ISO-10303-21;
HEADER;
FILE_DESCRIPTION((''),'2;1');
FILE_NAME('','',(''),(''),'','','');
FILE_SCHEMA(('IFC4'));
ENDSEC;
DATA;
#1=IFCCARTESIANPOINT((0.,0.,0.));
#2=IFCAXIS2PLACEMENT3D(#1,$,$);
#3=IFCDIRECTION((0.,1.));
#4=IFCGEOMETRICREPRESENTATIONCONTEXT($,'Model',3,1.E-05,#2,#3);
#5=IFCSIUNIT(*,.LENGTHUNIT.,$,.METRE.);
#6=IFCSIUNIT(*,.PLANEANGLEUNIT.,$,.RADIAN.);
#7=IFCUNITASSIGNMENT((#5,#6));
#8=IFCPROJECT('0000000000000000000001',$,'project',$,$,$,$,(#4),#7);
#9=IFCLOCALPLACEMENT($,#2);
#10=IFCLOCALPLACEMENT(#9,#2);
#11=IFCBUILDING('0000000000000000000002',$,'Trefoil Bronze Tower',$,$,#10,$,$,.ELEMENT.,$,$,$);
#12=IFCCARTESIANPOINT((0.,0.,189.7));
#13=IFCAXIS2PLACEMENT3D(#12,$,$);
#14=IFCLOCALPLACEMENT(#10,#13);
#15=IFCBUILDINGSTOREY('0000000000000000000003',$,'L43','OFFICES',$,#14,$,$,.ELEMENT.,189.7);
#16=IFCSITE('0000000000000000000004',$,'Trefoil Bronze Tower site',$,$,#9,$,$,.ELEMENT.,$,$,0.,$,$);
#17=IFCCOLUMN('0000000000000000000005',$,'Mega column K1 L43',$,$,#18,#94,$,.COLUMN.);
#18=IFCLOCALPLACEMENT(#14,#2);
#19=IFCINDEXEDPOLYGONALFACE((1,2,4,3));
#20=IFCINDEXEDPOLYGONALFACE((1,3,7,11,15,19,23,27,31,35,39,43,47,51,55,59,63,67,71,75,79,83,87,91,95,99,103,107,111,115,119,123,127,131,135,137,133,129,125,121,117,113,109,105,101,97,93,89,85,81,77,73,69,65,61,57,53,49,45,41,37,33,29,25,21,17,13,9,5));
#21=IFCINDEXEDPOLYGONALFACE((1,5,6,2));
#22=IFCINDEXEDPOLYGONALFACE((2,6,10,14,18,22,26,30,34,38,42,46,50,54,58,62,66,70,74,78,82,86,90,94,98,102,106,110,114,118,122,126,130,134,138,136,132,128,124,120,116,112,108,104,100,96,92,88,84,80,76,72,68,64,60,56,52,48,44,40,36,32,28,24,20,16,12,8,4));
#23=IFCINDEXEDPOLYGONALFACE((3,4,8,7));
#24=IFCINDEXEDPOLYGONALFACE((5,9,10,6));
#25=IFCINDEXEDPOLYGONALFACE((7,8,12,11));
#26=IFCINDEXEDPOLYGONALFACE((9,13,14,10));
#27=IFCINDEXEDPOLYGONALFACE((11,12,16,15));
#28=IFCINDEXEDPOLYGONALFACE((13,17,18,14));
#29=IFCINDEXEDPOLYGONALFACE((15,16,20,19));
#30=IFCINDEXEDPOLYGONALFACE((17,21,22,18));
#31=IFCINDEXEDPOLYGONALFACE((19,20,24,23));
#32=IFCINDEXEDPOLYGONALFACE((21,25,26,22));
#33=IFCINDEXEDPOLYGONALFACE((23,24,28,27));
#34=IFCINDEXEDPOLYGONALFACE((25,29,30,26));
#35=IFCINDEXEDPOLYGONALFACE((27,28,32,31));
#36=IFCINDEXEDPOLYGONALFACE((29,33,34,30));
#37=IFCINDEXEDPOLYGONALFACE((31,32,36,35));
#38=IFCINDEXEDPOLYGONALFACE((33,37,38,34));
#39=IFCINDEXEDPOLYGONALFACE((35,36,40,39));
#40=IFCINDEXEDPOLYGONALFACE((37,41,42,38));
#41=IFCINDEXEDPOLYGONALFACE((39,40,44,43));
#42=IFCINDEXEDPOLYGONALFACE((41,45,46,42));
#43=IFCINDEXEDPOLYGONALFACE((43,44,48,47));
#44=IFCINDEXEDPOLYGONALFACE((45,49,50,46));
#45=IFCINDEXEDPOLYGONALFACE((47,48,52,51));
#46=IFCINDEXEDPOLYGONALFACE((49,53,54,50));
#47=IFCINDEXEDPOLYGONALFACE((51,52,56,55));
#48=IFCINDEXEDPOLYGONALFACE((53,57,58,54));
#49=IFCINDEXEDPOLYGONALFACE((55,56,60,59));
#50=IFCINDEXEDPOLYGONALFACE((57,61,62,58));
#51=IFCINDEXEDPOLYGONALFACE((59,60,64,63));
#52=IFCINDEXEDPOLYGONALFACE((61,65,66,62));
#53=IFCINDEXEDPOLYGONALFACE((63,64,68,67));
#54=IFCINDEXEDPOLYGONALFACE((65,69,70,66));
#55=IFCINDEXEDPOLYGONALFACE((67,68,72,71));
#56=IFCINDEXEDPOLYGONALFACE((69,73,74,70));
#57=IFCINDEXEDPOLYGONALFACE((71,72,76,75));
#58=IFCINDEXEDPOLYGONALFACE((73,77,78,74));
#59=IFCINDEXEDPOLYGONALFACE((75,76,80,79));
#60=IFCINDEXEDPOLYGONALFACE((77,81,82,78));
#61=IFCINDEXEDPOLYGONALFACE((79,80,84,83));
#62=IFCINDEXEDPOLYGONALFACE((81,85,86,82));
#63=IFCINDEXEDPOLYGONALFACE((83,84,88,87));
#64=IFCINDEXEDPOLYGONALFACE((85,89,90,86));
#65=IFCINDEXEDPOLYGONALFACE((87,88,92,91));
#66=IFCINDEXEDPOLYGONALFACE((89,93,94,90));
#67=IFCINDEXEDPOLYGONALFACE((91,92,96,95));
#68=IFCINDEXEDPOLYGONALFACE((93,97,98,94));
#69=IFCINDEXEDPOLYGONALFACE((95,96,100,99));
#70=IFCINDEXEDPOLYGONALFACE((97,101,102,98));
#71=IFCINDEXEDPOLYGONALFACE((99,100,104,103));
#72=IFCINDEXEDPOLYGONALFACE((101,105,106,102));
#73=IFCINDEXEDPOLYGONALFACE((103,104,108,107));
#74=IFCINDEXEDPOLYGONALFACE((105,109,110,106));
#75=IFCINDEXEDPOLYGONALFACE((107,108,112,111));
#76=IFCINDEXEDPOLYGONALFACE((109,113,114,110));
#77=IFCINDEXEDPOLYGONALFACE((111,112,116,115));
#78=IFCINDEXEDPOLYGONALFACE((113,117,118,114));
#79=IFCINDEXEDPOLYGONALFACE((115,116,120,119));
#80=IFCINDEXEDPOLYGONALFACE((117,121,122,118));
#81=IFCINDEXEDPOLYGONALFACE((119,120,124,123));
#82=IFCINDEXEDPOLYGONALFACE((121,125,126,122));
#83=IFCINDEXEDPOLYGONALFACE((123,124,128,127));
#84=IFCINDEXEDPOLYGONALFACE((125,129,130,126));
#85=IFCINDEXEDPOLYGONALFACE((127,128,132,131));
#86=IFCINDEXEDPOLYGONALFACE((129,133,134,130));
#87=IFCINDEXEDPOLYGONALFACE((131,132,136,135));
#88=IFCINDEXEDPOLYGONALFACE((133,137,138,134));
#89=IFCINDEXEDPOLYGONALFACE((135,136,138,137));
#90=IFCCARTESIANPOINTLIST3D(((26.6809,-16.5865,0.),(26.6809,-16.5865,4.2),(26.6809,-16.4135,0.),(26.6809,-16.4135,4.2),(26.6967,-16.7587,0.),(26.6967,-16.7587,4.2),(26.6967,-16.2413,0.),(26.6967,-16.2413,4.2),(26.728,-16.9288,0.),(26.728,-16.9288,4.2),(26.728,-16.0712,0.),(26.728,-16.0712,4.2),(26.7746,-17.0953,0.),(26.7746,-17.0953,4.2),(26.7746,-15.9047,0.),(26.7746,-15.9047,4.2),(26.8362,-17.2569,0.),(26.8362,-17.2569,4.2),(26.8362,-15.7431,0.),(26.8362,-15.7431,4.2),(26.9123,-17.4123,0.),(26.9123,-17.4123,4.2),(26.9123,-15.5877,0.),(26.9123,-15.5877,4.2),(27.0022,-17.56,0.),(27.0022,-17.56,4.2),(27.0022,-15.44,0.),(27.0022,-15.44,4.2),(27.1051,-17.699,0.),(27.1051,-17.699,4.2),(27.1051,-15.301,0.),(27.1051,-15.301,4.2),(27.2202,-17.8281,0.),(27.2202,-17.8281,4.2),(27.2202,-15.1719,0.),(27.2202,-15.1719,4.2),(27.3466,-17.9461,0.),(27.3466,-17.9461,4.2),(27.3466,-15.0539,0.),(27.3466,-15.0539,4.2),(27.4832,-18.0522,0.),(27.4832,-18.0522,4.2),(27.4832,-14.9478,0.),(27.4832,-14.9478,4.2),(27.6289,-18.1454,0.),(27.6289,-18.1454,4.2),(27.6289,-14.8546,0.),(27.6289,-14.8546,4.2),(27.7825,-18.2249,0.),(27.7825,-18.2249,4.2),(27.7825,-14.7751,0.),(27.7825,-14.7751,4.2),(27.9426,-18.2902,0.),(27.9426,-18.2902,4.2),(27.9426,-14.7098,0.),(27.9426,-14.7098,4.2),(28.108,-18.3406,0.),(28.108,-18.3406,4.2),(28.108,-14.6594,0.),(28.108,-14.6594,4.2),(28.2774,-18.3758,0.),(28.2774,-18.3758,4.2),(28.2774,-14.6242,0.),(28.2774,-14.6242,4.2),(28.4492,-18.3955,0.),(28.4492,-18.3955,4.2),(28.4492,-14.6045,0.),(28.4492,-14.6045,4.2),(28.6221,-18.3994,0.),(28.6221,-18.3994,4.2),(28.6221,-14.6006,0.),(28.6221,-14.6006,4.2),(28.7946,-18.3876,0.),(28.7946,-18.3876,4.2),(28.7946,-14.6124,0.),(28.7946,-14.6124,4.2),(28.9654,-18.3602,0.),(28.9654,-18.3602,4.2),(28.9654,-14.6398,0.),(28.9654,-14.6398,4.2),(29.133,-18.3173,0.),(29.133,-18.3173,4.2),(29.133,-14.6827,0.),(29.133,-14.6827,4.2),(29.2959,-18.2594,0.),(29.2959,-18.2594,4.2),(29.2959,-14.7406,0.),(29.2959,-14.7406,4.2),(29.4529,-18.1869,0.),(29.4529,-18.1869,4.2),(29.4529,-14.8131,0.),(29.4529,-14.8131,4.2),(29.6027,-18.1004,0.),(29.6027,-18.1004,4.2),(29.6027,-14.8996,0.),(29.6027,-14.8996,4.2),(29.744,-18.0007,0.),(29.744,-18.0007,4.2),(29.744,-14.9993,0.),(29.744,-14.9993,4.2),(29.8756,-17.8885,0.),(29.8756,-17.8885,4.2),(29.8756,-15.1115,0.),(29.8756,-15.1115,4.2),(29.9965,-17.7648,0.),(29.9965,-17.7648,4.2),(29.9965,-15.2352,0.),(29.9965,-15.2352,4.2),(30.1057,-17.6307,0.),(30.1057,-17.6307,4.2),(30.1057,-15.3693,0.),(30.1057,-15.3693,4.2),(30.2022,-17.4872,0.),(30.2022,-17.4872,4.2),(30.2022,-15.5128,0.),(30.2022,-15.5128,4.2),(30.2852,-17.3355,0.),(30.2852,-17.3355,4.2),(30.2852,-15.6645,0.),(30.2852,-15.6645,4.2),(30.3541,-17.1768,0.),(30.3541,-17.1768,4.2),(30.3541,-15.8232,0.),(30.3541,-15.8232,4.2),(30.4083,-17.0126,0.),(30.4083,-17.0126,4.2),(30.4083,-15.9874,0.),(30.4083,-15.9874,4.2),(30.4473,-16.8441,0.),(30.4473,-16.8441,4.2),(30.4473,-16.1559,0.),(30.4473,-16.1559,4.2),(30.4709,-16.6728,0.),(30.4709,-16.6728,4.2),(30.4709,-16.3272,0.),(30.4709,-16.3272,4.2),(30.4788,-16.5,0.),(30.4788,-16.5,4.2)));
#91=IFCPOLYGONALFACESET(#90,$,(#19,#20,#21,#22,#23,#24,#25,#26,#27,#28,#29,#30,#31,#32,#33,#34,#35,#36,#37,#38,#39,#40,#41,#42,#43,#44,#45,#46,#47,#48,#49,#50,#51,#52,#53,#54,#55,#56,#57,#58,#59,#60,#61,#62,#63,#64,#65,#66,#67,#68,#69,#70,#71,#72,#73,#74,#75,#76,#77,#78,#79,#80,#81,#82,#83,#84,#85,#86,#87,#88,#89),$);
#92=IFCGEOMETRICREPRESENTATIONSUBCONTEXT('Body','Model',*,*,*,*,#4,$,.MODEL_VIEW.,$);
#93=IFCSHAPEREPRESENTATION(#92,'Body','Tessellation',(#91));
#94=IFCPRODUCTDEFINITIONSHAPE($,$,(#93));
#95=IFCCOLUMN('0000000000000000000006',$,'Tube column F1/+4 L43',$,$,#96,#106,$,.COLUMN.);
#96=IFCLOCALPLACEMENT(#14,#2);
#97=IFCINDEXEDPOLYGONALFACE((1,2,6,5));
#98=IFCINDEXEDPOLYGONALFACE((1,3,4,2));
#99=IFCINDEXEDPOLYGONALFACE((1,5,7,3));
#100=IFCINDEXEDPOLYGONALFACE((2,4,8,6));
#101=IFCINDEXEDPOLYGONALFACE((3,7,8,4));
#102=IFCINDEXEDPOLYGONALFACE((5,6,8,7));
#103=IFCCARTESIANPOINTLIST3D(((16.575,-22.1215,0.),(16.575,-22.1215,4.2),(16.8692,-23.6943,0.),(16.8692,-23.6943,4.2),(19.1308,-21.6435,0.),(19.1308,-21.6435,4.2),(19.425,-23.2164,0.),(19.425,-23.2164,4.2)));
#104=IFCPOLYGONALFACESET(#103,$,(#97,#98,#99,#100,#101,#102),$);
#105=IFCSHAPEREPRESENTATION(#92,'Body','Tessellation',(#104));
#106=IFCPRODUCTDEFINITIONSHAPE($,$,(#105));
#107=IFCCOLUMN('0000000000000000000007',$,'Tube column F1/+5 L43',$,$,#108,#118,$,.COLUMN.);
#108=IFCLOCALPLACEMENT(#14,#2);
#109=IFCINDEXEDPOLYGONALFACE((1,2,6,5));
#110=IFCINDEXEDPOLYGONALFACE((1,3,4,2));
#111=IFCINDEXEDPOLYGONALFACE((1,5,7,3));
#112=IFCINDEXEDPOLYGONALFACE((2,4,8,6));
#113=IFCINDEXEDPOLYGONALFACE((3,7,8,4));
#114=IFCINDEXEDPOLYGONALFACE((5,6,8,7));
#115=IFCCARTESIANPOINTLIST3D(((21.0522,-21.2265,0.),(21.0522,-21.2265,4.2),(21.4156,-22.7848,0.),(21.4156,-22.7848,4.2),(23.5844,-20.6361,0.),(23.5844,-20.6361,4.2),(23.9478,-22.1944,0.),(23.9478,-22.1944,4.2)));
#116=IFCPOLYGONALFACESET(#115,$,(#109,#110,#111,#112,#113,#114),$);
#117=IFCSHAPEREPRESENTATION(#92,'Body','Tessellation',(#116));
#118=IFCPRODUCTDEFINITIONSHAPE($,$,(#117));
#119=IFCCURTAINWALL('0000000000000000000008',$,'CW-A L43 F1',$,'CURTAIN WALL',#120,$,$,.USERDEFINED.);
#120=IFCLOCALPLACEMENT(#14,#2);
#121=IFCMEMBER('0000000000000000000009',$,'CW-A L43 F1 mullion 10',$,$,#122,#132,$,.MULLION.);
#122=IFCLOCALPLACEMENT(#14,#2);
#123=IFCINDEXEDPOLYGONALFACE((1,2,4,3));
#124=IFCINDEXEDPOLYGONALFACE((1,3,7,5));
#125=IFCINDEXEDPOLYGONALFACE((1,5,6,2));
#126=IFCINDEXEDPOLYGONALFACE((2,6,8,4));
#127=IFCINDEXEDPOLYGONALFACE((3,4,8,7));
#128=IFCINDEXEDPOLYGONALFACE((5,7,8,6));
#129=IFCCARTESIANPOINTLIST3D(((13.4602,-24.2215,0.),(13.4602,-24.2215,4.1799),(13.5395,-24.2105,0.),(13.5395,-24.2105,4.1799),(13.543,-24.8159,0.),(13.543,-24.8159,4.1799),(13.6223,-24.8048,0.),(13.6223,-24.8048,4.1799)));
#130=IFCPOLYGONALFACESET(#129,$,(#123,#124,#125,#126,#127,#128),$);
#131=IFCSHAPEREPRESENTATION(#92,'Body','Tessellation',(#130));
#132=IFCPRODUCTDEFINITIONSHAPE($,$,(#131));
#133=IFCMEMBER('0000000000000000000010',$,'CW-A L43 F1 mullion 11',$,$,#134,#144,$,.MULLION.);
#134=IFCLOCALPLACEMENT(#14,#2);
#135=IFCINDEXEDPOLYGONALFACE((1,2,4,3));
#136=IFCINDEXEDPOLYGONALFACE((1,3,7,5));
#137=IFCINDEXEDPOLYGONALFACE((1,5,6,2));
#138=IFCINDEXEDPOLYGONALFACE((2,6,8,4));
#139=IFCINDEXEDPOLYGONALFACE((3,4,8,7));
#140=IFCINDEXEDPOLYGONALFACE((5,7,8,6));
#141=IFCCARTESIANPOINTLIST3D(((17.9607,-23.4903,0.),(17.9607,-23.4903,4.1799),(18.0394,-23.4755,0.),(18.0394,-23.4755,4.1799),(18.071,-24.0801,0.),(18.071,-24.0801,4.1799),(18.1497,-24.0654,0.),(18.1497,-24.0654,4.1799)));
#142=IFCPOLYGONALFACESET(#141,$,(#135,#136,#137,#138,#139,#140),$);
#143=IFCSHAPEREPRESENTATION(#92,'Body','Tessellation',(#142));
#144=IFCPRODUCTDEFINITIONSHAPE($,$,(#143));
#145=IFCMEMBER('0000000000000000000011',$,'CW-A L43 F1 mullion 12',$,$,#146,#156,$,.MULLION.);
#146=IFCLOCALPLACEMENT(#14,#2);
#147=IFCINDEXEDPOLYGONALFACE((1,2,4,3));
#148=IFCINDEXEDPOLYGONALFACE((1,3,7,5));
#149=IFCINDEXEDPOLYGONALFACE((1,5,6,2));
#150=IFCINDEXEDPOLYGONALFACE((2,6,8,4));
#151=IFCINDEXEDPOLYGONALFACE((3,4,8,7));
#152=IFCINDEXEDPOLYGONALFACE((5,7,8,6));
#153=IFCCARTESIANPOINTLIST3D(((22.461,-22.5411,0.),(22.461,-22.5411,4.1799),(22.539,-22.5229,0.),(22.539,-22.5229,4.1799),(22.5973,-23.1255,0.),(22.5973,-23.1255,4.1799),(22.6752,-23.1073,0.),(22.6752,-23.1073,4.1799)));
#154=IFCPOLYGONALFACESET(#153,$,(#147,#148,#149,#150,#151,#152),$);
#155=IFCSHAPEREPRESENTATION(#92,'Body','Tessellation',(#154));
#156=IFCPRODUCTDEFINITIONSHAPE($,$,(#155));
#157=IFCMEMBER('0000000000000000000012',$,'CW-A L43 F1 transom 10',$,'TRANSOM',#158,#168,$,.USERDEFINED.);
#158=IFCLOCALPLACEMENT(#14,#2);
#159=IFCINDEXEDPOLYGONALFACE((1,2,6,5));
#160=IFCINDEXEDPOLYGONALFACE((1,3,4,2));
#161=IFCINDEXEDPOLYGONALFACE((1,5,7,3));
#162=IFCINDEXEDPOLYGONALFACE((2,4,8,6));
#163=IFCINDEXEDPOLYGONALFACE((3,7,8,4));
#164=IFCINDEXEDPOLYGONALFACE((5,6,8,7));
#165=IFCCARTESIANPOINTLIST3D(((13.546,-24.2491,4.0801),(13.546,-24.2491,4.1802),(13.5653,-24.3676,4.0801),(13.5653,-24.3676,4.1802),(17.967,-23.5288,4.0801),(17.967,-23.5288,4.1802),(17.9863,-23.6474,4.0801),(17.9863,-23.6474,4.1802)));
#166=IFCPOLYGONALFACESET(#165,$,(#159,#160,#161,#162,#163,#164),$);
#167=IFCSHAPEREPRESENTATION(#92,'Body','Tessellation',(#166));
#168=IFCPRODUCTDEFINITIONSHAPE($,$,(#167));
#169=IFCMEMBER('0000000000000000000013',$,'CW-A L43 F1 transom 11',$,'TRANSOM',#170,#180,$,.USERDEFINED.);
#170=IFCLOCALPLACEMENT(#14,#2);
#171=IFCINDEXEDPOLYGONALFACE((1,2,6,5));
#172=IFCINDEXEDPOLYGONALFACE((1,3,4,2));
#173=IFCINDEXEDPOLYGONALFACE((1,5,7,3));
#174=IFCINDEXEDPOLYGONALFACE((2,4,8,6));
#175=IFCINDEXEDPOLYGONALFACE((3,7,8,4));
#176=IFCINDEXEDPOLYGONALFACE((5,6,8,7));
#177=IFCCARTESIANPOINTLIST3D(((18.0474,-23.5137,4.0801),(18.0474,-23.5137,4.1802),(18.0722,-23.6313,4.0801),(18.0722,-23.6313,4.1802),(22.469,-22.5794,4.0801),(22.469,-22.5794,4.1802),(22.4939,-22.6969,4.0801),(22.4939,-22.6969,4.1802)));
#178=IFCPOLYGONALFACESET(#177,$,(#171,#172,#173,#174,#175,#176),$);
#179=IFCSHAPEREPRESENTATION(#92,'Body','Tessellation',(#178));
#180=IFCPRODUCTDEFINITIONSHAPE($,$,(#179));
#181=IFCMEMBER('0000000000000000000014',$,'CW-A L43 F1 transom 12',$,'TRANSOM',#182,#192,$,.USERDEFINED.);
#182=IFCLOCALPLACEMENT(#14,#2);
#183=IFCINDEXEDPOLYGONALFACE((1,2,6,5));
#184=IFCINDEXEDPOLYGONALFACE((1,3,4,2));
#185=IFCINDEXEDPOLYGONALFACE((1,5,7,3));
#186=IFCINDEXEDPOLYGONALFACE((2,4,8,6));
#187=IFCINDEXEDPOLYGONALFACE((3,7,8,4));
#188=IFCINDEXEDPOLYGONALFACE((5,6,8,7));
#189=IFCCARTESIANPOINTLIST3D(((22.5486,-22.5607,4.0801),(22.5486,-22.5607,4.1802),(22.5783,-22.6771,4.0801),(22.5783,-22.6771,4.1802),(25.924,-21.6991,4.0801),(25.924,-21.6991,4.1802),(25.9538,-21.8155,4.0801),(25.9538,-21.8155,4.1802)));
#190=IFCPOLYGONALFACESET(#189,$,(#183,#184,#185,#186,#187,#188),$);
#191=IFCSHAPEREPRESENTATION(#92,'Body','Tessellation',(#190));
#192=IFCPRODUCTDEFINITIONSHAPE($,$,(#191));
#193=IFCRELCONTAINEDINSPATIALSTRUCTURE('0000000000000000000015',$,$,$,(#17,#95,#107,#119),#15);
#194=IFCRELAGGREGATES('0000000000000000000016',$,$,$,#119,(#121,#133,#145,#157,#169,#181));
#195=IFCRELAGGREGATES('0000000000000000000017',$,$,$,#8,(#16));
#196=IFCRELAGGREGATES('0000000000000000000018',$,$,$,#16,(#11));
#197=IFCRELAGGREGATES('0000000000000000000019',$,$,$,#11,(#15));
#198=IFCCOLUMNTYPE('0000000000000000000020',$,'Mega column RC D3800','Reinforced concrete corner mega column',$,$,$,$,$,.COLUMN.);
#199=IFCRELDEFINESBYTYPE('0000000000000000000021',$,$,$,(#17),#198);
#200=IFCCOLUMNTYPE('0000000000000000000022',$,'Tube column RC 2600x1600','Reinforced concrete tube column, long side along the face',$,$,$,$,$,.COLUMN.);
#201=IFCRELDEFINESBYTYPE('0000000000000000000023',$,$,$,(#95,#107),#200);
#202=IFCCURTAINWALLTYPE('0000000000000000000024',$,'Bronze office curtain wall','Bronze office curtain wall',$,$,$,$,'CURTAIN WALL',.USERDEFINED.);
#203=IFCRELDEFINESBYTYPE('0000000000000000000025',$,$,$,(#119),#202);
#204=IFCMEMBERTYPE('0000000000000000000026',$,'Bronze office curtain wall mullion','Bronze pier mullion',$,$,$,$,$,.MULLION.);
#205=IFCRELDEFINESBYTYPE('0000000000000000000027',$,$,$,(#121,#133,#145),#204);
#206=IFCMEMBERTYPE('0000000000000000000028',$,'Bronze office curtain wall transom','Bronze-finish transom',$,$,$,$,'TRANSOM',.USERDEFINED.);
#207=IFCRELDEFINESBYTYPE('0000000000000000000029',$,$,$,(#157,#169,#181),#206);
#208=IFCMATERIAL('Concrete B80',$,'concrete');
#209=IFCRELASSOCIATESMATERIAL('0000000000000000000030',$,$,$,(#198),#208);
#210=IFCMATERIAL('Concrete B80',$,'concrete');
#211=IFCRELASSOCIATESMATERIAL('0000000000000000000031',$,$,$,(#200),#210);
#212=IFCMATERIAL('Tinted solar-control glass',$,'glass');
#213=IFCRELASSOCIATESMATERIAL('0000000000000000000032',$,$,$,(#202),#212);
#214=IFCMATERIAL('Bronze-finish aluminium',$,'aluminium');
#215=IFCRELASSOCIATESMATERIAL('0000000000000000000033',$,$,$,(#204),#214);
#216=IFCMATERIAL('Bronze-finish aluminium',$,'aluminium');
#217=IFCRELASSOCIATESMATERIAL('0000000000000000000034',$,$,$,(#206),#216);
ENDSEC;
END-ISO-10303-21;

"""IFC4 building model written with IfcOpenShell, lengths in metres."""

from ifc_helpers import new_model, si_unit, direction, frame, origin, origin_2d, place, context, subcontext, project, spatial, rectangle, circle, extrude, material, material_profile, profile_set, type_object, element, aggregate, save


model = new_model("IFC4")

# Units and contexts
model_context = context("Model", 3, precision=1e-05, world=origin(), true_north=direction((0.0, 1.0)))
body_context = subcontext(model_context, "Body", "Model", "MODEL_VIEW")
ifc_project = project(units=[si_unit("LENGTHUNIT", "METRE"), si_unit("PLANEANGLEUNIT", "RADIAN")], contexts=[model_context])

# Site, building, storey
site_placement = place(None, origin())
site = spatial("IfcSite", under=ifc_project, at=site_placement, Name="Trefoil Bronze Tower site", CompositionType="ELEMENT", RefElevation=0.0)
building_placement = place(site_placement, origin())
building = spatial("IfcBuilding", under=site, at=building_placement, Name="Trefoil Bronze Tower", CompositionType="ELEMENT")
storey_placement = place(building_placement, frame((0.0, 0.0, 189.7)))
storey = spatial("IfcBuildingStorey", under=building, at=storey_placement, Name="L43", Description="OFFICES", CompositionType="ELEMENT", Elevation=189.7)

# Columns
ifc_material_1 = material(Name="Concrete B80", Category="concrete")
ifc_material_profile_1 = material_profile(ifc_material_1, circle(Radius=1.8999, at=origin_2d()), Name="RC D3800")
ifc_profile_set_1 = profile_set([ifc_material_profile_1], Name="Concrete B80")
column_type_1 = type_object("IfcColumnType", Name="Mega column RC D3800", Description="Reinforced concrete corner mega column", PredefinedType="COLUMN", material=ifc_profile_set_1)
column_placement = place(storey_placement, frame((28.5789, -16.5, 0.0), z_axis=(0.0, 0.0, 1.0), x_axis=(1.0, 0.0, 0.0)))
element("IfcColumn", 1, at=column_placement, inside=storey, type_object=column_type_1, Name="Mega column K1 L43", PredefinedType="COLUMN", context=body_context, shape_type="SweptSolid", body=[
    extrude(circle(Radius=1.8999, at=origin_2d()), origin(), (0.0, 0.0, 1.0), 4.2),
])
ifc_material_2 = material(Name="Concrete B80", Category="concrete")
ifc_material_profile_2 = material_profile(ifc_material_2, rectangle(XDim=2.6001, YDim=1.6001, at=origin_2d()), Name="RC 2600x1600")
ifc_profile_set_2 = profile_set([ifc_material_profile_2], Name="Concrete B80")
column_type_2 = type_object("IfcColumnType", Name="Tube column RC 2600x1600", Description="Reinforced concrete tube column, long side along the face", PredefinedType="COLUMN", material=ifc_profile_set_2)
for number, where, z_axis, x_axis, name in (
    (2, (18.0, -22.6689, 0.0), (0.0, 0.0, 1.0), (0.982959, 0.183825, 0.0), "Tube column F1/+4 L43"),
    (3, (22.5, -21.7104, 0.0), (0.0, 0.0, 1.0), (0.973875, 0.227083, 0.0), "Tube column F1/+5 L43"),
):
    element("IfcColumn", number, at=place(storey_placement, frame(where, z_axis=z_axis, x_axis=x_axis)), inside=storey, type_object=column_type_2, Name=name, PredefinedType="COLUMN", context=body_context, shape_type="SweptSolid", body=[
        extrude(rectangle(XDim=2.6001, YDim=1.6001, at=origin_2d()), origin(), (0.0, 0.0, 1.0), 4.2),
    ])

# Curtain wall, members
ifc_material_3 = material(Name="Tinted solar-control glass", Category="glass")
curtain_wall_type_1 = type_object("IfcCurtainWallType", Name="Bronze office curtain wall", Description="Bronze office curtain wall", ElementType="CURTAIN WALL", PredefinedType="USERDEFINED", material=ifc_material_3)
curtain_wall_1_placement = place(storey_placement, origin())
curtain_wall_1 = element("IfcCurtainWall", 4, at=curtain_wall_1_placement, inside=storey, type_object=curtain_wall_type_1, Name="CW-A L43 F1", ObjectType="CURTAIN WALL", PredefinedType="USERDEFINED")
ifc_material_4 = material(Name="Bronze-finish aluminium", Category="aluminium")
ifc_material_profile_3 = material_profile(ifc_material_4, rectangle(XDim=0.6001, YDim=0.0801, at=origin_2d()), Name="CW-A mullion")
ifc_profile_set_3 = profile_set([ifc_material_profile_3], Name="Bronze-finish aluminium")
member_type_1 = type_object("IfcMemberType", Name="Bronze office curtain wall mullion", Description="Bronze pier mullion", PredefinedType="MULLION", material=ifc_profile_set_3)
member_1_placement = place(storey_placement, frame((13.5413, -24.5132, 0.0), z_axis=(0.0, 0.0, 1.0), x_axis=(-0.137868, 0.990451, 0.0)))
member_1 = element("IfcMember", 5, at=member_1_placement, type_object=member_type_1, Name="CW-A L43 F1 mullion 10", PredefinedType="MULLION", context=body_context, shape_type="SweptSolid", body=[
    extrude(rectangle(XDim=0.6001, YDim=0.0801, at=origin_2d()), origin(), (0.0, 0.0, 1.0), 4.1799),
])
member_2_placement = place(storey_placement, frame((18.0552, -23.7778, 0.0), z_axis=(0.0, 0.0, 1.0), x_axis=(-0.183825, 0.982959, 0.0)))
member_2 = element("IfcMember", 6, at=member_2_placement, type_object=member_type_1, Name="CW-A L43 F1 mullion 11", PredefinedType="MULLION", context=body_context, shape_type="SweptSolid", body=[
    extrude(rectangle(XDim=0.6001, YDim=0.0801, at=origin_2d()), origin(), (0.0, 0.0, 1.0), 4.1799),
])
member_3_placement = place(storey_placement, frame((22.5681, -22.8242, 0.0), z_axis=(0.0, 0.0, 1.0), x_axis=(-0.227083, 0.973875, 0.0)))
member_3 = element("IfcMember", 7, at=member_3_placement, type_object=member_type_1, Name="CW-A L43 F1 mullion 12", PredefinedType="MULLION", context=body_context, shape_type="SweptSolid", body=[
    extrude(rectangle(XDim=0.6001, YDim=0.0801, at=origin_2d()), origin(), (0.0, 0.0, 1.0), 4.1799),
])
ifc_material_5 = material(Name="Bronze-finish aluminium", Category="aluminium")
ifc_material_profile_4 = material_profile(ifc_material_5, rectangle(XDim=0.1201, YDim=0.1001, at=origin_2d()), Name="CW-A transom")
ifc_profile_set_4 = profile_set([ifc_material_profile_4], Name="Bronze-finish aluminium")
member_type_2 = type_object("IfcMemberType", Name="Bronze office curtain wall transom", Description="Bronze-finish transom", ElementType="TRANSOM", PredefinedType="USERDEFINED", material=ifc_profile_set_4)
member_4_placement = place(storey_placement, frame((13.5557, -24.3083, 4.1301), z_axis=(0.986988, 0.160792, 0.0), x_axis=(-0.160792, 0.986988, 0.0)))
member_4 = element("IfcMember", 8, at=member_4_placement, type_object=member_type_2, Name="CW-A L43 F1 transom 10", ObjectType="TRANSOM", PredefinedType="USERDEFINED", context=body_context, shape_type="SweptSolid", body=[
    extrude(rectangle(XDim=0.1201, YDim=0.1001, at=origin_2d()), origin(), (0.0, 0.0, 1.0), 4.4792),
])
member_5_placement = place(storey_placement, frame((18.0598, -23.5725, 4.1301), z_axis=(0.978395, 0.206743, 0.0), x_axis=(-0.206743, 0.978395, 0.0)))
member_5 = element("IfcMember", 9, at=member_5_placement, type_object=member_type_2, Name="CW-A L43 F1 transom 11", ObjectType="TRANSOM", PredefinedType="USERDEFINED", context=body_context, shape_type="SweptSolid", body=[
    extrude(rectangle(XDim=0.1201, YDim=0.1001, at=origin_2d()), origin(), (0.0, 0.0, 1.0), 4.5193),
])
member_6_placement = place(storey_placement, frame((22.5635, -22.6189, 4.1301), z_axis=(0.968935, 0.247315, 0.0), x_axis=(-0.247315, 0.968935, 0.0)))
member_6 = element("IfcMember", 10, at=member_6_placement, type_object=member_type_2, Name="CW-A L43 F1 transom 12", ObjectType="TRANSOM", PredefinedType="USERDEFINED", context=body_context, shape_type="SweptSolid", body=[
    extrude(rectangle(XDim=0.1201, YDim=0.1001, at=origin_2d()), origin(), (0.0, 0.0, 1.0), 3.4836),
])

aggregate(curtain_wall_1, [member_1, member_2, member_3, member_4, member_5, member_6])

save(model, "model.ifc")
